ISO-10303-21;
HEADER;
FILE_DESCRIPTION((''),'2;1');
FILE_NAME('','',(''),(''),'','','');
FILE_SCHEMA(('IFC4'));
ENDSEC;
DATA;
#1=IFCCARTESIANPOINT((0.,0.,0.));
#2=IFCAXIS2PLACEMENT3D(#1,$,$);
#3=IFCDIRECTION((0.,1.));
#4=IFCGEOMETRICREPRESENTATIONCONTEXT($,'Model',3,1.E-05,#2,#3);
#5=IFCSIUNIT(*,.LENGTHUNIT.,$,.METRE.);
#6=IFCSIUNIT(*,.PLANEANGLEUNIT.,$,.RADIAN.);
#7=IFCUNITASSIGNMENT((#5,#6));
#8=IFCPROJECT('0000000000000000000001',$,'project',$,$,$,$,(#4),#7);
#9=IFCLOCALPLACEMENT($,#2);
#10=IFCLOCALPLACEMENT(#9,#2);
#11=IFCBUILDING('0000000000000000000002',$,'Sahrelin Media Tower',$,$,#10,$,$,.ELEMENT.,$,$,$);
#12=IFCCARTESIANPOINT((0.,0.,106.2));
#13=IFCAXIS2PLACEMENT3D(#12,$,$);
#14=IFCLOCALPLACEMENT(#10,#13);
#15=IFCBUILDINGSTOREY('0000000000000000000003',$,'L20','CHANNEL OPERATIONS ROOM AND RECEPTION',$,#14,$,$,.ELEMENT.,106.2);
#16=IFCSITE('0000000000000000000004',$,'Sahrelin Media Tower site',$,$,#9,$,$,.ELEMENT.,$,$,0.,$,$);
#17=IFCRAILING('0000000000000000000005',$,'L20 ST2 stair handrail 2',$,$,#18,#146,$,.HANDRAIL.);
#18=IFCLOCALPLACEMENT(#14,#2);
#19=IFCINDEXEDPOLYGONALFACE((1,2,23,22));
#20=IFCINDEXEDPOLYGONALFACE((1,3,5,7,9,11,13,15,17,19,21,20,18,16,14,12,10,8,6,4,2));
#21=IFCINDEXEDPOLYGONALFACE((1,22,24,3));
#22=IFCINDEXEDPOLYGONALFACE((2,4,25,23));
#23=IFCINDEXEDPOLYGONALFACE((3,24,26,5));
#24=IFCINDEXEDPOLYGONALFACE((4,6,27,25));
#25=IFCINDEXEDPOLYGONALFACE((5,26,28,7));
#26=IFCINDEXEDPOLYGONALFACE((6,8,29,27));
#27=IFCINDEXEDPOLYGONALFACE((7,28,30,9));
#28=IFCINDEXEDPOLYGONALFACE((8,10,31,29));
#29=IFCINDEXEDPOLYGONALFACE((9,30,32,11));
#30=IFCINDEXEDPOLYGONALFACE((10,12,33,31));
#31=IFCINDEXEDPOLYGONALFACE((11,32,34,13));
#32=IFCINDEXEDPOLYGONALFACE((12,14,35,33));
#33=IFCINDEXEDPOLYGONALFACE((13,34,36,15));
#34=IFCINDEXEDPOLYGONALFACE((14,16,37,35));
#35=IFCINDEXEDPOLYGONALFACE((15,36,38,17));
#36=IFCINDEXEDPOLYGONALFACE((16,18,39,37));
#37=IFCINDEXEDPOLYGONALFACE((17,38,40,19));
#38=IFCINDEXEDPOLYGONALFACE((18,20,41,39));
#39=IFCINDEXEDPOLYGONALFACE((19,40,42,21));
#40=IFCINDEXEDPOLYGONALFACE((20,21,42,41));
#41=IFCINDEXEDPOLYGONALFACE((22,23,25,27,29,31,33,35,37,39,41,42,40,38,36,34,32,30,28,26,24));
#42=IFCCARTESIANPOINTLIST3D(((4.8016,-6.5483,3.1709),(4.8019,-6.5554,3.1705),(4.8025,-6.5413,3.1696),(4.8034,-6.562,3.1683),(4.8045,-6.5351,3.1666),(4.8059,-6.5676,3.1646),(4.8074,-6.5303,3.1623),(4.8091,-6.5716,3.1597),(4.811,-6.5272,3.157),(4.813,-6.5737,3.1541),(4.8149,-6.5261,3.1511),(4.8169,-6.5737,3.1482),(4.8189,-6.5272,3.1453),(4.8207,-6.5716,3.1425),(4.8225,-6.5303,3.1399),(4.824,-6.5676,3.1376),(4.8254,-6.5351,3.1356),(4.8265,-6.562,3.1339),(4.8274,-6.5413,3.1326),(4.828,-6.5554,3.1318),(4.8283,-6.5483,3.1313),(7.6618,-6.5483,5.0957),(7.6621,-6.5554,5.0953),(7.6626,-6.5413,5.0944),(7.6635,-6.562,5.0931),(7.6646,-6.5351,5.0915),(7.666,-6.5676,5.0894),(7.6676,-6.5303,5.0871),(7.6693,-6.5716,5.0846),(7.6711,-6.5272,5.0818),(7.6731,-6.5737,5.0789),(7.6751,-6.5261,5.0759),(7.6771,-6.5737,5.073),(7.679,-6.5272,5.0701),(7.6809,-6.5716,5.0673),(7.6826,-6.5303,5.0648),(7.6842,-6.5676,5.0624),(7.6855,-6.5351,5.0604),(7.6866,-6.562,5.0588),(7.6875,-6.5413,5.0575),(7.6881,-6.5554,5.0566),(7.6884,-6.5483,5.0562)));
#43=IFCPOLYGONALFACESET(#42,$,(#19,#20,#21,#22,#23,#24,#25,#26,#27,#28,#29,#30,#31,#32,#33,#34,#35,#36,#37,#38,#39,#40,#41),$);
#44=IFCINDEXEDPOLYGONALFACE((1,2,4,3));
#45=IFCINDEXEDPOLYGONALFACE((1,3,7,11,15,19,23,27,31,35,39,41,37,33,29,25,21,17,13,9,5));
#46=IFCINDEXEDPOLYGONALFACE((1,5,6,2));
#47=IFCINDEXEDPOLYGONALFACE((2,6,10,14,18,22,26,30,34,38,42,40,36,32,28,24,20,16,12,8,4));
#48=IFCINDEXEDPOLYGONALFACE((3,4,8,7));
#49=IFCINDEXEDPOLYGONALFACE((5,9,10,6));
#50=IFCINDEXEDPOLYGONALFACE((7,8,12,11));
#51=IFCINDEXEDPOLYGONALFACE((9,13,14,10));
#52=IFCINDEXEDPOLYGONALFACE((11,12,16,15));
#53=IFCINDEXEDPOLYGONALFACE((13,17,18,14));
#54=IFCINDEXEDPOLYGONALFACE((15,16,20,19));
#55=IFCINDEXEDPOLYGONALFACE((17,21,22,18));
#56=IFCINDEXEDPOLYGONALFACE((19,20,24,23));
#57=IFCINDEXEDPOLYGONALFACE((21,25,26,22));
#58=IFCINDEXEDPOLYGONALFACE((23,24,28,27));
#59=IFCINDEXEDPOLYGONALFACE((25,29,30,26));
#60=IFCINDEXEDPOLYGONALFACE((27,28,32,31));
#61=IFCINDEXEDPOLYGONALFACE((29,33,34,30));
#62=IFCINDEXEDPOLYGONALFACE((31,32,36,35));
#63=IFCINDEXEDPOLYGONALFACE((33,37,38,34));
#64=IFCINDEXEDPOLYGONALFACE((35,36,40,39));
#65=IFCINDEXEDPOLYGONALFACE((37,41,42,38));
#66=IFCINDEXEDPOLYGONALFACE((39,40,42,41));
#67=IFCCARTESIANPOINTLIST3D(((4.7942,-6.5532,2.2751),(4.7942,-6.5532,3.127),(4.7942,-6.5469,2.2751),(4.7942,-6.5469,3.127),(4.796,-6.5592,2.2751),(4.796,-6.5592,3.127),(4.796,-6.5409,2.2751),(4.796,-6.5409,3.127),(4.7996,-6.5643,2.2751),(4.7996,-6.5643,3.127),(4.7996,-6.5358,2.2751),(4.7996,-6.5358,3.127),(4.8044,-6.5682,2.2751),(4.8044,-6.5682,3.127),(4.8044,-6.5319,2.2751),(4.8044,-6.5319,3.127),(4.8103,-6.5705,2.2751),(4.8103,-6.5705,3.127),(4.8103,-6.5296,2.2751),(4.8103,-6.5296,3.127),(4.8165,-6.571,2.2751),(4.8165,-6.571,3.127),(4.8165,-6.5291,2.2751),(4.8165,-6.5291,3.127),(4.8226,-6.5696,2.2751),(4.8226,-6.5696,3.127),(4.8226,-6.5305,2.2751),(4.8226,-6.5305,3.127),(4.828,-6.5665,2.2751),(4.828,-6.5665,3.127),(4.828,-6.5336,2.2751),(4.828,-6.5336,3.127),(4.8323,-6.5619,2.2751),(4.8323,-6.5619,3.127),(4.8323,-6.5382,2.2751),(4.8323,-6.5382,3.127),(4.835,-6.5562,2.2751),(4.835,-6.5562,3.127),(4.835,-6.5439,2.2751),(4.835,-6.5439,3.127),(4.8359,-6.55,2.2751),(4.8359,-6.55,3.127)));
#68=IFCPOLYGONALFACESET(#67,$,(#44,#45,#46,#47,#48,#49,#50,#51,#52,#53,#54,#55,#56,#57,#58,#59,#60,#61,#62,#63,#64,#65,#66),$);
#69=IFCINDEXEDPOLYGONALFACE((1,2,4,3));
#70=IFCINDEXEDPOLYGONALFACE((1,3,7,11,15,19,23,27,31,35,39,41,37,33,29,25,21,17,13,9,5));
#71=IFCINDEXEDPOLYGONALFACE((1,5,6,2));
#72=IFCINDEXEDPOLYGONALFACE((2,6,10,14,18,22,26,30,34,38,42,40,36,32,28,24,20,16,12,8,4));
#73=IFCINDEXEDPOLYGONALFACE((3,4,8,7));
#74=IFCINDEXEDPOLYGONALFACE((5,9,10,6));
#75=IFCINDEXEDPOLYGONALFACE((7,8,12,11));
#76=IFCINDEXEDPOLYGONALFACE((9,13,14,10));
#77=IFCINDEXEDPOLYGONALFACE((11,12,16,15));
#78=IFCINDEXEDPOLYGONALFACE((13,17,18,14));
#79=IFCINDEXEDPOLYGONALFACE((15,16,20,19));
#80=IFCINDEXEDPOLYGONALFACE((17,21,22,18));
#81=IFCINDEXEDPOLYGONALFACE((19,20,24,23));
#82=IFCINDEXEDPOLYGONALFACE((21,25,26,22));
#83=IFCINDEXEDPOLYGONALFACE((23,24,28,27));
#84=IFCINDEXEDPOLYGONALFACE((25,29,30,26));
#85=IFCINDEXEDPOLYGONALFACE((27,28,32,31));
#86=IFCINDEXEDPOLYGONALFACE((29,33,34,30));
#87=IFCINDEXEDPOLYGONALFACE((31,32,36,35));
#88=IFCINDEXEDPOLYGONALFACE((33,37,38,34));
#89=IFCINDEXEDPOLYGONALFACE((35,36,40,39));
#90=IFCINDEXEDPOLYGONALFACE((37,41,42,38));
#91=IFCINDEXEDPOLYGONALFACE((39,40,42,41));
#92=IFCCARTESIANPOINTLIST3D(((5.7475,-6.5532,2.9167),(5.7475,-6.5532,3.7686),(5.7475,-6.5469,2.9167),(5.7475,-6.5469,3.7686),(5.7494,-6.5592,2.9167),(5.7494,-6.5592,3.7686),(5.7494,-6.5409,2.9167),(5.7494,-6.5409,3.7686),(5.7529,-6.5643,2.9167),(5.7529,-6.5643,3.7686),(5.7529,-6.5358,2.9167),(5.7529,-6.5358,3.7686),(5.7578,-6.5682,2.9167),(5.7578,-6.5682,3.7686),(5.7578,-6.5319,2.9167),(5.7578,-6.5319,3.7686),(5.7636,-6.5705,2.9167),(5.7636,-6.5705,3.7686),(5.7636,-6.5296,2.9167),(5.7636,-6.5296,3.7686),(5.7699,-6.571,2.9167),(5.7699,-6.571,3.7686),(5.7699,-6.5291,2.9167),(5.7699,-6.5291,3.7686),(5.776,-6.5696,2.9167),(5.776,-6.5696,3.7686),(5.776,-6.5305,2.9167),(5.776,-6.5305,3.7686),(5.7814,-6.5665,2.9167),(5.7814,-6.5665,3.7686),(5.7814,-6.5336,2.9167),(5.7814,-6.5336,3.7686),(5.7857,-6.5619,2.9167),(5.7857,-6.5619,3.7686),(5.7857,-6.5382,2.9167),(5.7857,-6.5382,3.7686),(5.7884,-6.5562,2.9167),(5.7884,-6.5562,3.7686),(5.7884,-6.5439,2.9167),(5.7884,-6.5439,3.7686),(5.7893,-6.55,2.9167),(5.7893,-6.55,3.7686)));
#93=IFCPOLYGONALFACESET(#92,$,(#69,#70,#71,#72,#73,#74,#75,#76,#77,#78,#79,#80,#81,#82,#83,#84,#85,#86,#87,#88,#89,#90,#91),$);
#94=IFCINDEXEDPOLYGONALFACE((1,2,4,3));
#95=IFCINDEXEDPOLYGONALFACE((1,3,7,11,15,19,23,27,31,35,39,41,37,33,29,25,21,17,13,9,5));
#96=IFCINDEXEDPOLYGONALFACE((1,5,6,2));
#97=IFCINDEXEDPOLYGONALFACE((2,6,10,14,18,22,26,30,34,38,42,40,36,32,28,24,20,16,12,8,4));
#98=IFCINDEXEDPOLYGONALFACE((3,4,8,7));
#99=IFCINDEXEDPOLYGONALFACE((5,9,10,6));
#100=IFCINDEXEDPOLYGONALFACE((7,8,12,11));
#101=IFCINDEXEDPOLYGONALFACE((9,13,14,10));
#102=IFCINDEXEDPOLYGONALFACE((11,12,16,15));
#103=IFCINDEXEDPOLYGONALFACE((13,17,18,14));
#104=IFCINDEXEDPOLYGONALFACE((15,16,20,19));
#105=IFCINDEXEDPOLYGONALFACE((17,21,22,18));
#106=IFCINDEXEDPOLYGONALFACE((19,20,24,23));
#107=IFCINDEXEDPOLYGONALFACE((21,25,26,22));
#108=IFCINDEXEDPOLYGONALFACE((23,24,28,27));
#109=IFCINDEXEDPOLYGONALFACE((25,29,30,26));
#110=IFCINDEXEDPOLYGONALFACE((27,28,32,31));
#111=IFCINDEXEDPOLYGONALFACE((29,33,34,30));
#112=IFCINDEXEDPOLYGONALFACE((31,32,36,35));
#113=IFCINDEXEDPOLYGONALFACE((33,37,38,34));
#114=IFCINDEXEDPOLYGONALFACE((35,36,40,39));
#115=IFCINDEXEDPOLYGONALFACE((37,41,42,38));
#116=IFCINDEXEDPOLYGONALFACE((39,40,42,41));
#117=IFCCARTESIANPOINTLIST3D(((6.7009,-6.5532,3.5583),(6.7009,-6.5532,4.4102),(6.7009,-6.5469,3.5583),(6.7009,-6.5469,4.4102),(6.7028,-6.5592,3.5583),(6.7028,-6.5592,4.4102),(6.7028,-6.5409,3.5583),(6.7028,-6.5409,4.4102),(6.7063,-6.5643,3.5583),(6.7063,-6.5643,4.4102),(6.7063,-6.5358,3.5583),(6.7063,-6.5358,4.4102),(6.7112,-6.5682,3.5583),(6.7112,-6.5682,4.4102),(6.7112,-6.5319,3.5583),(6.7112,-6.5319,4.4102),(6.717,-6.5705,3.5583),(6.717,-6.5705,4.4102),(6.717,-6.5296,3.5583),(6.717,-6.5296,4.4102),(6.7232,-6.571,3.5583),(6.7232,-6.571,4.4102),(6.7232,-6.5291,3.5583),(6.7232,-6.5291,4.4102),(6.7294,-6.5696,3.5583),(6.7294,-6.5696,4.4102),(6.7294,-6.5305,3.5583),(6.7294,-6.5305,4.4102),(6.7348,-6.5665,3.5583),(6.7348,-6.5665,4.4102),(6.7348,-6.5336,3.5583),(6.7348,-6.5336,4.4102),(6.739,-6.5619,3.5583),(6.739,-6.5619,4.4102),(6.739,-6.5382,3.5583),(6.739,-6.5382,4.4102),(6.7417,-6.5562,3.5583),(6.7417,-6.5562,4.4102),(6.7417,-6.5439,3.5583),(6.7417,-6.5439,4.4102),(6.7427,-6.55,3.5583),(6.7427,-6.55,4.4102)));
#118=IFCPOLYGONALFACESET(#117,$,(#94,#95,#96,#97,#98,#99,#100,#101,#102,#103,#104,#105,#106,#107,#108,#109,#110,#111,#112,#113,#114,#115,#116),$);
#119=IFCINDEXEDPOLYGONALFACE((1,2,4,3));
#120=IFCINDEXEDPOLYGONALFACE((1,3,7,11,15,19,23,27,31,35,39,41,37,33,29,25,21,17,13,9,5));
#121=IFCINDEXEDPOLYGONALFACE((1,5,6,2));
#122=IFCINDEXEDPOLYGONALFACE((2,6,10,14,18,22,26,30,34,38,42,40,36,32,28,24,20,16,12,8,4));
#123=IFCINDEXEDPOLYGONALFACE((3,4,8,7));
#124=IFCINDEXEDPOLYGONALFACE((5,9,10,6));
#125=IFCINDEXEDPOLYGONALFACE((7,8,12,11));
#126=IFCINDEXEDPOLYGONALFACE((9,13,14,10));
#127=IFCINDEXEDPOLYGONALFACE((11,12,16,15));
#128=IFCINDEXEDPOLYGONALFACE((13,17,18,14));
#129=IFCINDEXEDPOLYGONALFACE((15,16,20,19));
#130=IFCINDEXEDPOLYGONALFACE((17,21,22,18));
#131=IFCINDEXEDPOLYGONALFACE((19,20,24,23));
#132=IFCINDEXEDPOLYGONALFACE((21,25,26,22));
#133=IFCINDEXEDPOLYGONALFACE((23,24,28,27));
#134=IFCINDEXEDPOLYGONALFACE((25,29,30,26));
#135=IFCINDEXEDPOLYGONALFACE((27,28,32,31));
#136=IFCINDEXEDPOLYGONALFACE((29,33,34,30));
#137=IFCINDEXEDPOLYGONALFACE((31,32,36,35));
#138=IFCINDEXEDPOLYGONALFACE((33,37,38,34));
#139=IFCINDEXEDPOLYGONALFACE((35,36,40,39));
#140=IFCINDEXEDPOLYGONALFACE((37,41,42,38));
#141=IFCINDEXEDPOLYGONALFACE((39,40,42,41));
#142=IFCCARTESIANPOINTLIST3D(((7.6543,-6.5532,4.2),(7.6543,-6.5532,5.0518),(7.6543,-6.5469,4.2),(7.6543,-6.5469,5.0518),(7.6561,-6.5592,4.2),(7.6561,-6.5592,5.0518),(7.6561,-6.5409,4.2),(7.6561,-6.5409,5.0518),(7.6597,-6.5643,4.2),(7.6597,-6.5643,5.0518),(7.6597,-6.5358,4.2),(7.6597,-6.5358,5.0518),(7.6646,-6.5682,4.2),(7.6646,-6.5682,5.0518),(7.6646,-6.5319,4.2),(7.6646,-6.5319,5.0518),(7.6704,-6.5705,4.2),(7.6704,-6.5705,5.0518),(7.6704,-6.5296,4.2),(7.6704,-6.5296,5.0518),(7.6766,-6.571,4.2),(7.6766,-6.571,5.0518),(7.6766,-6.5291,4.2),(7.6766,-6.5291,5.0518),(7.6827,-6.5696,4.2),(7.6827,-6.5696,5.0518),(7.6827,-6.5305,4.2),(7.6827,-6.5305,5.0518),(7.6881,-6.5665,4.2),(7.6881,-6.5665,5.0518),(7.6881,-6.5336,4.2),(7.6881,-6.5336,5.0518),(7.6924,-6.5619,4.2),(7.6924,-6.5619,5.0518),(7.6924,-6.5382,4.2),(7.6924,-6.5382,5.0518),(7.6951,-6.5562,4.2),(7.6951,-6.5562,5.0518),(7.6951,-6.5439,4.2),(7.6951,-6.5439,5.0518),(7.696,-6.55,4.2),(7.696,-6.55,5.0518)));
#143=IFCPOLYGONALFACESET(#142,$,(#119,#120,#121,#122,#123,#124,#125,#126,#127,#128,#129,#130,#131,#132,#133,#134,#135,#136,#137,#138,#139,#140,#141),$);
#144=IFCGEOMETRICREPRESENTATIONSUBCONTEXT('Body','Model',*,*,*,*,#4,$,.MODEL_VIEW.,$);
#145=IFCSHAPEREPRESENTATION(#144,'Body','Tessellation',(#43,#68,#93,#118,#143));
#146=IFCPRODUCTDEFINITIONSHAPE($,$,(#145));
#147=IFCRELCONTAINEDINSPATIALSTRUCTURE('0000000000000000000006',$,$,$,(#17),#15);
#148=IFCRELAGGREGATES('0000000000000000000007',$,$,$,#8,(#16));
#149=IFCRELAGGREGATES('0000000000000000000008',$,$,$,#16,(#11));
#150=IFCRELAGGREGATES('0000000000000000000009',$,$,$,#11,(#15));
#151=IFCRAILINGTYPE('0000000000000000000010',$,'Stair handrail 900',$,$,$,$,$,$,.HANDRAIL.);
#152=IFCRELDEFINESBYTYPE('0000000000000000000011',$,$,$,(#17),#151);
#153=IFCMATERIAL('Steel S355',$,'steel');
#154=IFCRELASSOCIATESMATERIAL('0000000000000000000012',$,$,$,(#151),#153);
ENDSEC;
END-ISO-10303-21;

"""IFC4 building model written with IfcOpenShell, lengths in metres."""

from ifc_helpers import new_model, si_unit, direction, frame, origin, origin_2d, place, context, subcontext, project, spatial, circle, extrude, material, type_object, element, save


model = new_model("IFC4")

# Units and contexts
model_context = context("Model", 3, precision=1e-05, world=origin(), true_north=direction((0.0, 1.0)))
body_context = subcontext(model_context, "Body", "Model", "MODEL_VIEW")
ifc_project = project(units=[si_unit("LENGTHUNIT", "METRE"), si_unit("PLANEANGLEUNIT", "RADIAN")], contexts=[model_context])

# Site, building, storey
site_placement = place(None, origin())
site = spatial("IfcSite", under=ifc_project, at=site_placement, Name="Sahrelin Media Tower site", CompositionType="ELEMENT", RefElevation=0.0)
building_placement = place(site_placement, origin())
building = spatial("IfcBuilding", under=site, at=building_placement, Name="Sahrelin Media Tower", CompositionType="ELEMENT")
storey_placement = place(building_placement, frame((0.0, 0.0, 106.2)))
storey = spatial("IfcBuildingStorey", under=building, at=storey_placement, Name="L20", Description="CHANNEL OPERATIONS ROOM AND RECEPTION", CompositionType="ELEMENT", Elevation=106.2)

# Shared definitions
ifc_material_1 = material(Name="Steel S355", Category="steel")

# Railing
railing_type_1 = type_object("IfcRailingType", Name="Stair handrail 900", PredefinedType="HANDRAIL", material=ifc_material_1)
railing_1_placement = place(storey_placement, frame((4.8149, -6.55, 2.2751)))
element("IfcRailing", 1, at=railing_1_placement, inside=storey, type_object=railing_type_1, Name="L20 ST2 stair handrail 2", PredefinedType="HANDRAIL", context=body_context, shape_type="SweptSolid", body=[
    extrude(circle(Radius=0.0239, at=origin_2d()), frame((0.0, 0.0, 0.876), z_axis=(0.829624, 0.0, 0.558323), x_axis=(0.0, 1.0, 0.0)), (0.0, 0.0, 1.0), 3.4475),
    extrude(circle(Radius=0.021, at=origin_2d()), origin(), (0.0, 0.0, 1.0), 0.8518),
    extrude(circle(Radius=0.021, at=origin_2d()), frame((0.9534, 0.0, 0.6416)), (0.0, 0.0, 1.0), 0.8518),
    extrude(circle(Radius=0.021, at=origin_2d()), frame((1.9067, 0.0, 1.2832)), (0.0, 0.0, 1.0), 0.8518),
    extrude(circle(Radius=0.021, at=origin_2d()), frame((2.8601, 0.0, 1.9248)), (0.0, 0.0, 1.0), 0.8518),
])

save(model, "model.ifc")
